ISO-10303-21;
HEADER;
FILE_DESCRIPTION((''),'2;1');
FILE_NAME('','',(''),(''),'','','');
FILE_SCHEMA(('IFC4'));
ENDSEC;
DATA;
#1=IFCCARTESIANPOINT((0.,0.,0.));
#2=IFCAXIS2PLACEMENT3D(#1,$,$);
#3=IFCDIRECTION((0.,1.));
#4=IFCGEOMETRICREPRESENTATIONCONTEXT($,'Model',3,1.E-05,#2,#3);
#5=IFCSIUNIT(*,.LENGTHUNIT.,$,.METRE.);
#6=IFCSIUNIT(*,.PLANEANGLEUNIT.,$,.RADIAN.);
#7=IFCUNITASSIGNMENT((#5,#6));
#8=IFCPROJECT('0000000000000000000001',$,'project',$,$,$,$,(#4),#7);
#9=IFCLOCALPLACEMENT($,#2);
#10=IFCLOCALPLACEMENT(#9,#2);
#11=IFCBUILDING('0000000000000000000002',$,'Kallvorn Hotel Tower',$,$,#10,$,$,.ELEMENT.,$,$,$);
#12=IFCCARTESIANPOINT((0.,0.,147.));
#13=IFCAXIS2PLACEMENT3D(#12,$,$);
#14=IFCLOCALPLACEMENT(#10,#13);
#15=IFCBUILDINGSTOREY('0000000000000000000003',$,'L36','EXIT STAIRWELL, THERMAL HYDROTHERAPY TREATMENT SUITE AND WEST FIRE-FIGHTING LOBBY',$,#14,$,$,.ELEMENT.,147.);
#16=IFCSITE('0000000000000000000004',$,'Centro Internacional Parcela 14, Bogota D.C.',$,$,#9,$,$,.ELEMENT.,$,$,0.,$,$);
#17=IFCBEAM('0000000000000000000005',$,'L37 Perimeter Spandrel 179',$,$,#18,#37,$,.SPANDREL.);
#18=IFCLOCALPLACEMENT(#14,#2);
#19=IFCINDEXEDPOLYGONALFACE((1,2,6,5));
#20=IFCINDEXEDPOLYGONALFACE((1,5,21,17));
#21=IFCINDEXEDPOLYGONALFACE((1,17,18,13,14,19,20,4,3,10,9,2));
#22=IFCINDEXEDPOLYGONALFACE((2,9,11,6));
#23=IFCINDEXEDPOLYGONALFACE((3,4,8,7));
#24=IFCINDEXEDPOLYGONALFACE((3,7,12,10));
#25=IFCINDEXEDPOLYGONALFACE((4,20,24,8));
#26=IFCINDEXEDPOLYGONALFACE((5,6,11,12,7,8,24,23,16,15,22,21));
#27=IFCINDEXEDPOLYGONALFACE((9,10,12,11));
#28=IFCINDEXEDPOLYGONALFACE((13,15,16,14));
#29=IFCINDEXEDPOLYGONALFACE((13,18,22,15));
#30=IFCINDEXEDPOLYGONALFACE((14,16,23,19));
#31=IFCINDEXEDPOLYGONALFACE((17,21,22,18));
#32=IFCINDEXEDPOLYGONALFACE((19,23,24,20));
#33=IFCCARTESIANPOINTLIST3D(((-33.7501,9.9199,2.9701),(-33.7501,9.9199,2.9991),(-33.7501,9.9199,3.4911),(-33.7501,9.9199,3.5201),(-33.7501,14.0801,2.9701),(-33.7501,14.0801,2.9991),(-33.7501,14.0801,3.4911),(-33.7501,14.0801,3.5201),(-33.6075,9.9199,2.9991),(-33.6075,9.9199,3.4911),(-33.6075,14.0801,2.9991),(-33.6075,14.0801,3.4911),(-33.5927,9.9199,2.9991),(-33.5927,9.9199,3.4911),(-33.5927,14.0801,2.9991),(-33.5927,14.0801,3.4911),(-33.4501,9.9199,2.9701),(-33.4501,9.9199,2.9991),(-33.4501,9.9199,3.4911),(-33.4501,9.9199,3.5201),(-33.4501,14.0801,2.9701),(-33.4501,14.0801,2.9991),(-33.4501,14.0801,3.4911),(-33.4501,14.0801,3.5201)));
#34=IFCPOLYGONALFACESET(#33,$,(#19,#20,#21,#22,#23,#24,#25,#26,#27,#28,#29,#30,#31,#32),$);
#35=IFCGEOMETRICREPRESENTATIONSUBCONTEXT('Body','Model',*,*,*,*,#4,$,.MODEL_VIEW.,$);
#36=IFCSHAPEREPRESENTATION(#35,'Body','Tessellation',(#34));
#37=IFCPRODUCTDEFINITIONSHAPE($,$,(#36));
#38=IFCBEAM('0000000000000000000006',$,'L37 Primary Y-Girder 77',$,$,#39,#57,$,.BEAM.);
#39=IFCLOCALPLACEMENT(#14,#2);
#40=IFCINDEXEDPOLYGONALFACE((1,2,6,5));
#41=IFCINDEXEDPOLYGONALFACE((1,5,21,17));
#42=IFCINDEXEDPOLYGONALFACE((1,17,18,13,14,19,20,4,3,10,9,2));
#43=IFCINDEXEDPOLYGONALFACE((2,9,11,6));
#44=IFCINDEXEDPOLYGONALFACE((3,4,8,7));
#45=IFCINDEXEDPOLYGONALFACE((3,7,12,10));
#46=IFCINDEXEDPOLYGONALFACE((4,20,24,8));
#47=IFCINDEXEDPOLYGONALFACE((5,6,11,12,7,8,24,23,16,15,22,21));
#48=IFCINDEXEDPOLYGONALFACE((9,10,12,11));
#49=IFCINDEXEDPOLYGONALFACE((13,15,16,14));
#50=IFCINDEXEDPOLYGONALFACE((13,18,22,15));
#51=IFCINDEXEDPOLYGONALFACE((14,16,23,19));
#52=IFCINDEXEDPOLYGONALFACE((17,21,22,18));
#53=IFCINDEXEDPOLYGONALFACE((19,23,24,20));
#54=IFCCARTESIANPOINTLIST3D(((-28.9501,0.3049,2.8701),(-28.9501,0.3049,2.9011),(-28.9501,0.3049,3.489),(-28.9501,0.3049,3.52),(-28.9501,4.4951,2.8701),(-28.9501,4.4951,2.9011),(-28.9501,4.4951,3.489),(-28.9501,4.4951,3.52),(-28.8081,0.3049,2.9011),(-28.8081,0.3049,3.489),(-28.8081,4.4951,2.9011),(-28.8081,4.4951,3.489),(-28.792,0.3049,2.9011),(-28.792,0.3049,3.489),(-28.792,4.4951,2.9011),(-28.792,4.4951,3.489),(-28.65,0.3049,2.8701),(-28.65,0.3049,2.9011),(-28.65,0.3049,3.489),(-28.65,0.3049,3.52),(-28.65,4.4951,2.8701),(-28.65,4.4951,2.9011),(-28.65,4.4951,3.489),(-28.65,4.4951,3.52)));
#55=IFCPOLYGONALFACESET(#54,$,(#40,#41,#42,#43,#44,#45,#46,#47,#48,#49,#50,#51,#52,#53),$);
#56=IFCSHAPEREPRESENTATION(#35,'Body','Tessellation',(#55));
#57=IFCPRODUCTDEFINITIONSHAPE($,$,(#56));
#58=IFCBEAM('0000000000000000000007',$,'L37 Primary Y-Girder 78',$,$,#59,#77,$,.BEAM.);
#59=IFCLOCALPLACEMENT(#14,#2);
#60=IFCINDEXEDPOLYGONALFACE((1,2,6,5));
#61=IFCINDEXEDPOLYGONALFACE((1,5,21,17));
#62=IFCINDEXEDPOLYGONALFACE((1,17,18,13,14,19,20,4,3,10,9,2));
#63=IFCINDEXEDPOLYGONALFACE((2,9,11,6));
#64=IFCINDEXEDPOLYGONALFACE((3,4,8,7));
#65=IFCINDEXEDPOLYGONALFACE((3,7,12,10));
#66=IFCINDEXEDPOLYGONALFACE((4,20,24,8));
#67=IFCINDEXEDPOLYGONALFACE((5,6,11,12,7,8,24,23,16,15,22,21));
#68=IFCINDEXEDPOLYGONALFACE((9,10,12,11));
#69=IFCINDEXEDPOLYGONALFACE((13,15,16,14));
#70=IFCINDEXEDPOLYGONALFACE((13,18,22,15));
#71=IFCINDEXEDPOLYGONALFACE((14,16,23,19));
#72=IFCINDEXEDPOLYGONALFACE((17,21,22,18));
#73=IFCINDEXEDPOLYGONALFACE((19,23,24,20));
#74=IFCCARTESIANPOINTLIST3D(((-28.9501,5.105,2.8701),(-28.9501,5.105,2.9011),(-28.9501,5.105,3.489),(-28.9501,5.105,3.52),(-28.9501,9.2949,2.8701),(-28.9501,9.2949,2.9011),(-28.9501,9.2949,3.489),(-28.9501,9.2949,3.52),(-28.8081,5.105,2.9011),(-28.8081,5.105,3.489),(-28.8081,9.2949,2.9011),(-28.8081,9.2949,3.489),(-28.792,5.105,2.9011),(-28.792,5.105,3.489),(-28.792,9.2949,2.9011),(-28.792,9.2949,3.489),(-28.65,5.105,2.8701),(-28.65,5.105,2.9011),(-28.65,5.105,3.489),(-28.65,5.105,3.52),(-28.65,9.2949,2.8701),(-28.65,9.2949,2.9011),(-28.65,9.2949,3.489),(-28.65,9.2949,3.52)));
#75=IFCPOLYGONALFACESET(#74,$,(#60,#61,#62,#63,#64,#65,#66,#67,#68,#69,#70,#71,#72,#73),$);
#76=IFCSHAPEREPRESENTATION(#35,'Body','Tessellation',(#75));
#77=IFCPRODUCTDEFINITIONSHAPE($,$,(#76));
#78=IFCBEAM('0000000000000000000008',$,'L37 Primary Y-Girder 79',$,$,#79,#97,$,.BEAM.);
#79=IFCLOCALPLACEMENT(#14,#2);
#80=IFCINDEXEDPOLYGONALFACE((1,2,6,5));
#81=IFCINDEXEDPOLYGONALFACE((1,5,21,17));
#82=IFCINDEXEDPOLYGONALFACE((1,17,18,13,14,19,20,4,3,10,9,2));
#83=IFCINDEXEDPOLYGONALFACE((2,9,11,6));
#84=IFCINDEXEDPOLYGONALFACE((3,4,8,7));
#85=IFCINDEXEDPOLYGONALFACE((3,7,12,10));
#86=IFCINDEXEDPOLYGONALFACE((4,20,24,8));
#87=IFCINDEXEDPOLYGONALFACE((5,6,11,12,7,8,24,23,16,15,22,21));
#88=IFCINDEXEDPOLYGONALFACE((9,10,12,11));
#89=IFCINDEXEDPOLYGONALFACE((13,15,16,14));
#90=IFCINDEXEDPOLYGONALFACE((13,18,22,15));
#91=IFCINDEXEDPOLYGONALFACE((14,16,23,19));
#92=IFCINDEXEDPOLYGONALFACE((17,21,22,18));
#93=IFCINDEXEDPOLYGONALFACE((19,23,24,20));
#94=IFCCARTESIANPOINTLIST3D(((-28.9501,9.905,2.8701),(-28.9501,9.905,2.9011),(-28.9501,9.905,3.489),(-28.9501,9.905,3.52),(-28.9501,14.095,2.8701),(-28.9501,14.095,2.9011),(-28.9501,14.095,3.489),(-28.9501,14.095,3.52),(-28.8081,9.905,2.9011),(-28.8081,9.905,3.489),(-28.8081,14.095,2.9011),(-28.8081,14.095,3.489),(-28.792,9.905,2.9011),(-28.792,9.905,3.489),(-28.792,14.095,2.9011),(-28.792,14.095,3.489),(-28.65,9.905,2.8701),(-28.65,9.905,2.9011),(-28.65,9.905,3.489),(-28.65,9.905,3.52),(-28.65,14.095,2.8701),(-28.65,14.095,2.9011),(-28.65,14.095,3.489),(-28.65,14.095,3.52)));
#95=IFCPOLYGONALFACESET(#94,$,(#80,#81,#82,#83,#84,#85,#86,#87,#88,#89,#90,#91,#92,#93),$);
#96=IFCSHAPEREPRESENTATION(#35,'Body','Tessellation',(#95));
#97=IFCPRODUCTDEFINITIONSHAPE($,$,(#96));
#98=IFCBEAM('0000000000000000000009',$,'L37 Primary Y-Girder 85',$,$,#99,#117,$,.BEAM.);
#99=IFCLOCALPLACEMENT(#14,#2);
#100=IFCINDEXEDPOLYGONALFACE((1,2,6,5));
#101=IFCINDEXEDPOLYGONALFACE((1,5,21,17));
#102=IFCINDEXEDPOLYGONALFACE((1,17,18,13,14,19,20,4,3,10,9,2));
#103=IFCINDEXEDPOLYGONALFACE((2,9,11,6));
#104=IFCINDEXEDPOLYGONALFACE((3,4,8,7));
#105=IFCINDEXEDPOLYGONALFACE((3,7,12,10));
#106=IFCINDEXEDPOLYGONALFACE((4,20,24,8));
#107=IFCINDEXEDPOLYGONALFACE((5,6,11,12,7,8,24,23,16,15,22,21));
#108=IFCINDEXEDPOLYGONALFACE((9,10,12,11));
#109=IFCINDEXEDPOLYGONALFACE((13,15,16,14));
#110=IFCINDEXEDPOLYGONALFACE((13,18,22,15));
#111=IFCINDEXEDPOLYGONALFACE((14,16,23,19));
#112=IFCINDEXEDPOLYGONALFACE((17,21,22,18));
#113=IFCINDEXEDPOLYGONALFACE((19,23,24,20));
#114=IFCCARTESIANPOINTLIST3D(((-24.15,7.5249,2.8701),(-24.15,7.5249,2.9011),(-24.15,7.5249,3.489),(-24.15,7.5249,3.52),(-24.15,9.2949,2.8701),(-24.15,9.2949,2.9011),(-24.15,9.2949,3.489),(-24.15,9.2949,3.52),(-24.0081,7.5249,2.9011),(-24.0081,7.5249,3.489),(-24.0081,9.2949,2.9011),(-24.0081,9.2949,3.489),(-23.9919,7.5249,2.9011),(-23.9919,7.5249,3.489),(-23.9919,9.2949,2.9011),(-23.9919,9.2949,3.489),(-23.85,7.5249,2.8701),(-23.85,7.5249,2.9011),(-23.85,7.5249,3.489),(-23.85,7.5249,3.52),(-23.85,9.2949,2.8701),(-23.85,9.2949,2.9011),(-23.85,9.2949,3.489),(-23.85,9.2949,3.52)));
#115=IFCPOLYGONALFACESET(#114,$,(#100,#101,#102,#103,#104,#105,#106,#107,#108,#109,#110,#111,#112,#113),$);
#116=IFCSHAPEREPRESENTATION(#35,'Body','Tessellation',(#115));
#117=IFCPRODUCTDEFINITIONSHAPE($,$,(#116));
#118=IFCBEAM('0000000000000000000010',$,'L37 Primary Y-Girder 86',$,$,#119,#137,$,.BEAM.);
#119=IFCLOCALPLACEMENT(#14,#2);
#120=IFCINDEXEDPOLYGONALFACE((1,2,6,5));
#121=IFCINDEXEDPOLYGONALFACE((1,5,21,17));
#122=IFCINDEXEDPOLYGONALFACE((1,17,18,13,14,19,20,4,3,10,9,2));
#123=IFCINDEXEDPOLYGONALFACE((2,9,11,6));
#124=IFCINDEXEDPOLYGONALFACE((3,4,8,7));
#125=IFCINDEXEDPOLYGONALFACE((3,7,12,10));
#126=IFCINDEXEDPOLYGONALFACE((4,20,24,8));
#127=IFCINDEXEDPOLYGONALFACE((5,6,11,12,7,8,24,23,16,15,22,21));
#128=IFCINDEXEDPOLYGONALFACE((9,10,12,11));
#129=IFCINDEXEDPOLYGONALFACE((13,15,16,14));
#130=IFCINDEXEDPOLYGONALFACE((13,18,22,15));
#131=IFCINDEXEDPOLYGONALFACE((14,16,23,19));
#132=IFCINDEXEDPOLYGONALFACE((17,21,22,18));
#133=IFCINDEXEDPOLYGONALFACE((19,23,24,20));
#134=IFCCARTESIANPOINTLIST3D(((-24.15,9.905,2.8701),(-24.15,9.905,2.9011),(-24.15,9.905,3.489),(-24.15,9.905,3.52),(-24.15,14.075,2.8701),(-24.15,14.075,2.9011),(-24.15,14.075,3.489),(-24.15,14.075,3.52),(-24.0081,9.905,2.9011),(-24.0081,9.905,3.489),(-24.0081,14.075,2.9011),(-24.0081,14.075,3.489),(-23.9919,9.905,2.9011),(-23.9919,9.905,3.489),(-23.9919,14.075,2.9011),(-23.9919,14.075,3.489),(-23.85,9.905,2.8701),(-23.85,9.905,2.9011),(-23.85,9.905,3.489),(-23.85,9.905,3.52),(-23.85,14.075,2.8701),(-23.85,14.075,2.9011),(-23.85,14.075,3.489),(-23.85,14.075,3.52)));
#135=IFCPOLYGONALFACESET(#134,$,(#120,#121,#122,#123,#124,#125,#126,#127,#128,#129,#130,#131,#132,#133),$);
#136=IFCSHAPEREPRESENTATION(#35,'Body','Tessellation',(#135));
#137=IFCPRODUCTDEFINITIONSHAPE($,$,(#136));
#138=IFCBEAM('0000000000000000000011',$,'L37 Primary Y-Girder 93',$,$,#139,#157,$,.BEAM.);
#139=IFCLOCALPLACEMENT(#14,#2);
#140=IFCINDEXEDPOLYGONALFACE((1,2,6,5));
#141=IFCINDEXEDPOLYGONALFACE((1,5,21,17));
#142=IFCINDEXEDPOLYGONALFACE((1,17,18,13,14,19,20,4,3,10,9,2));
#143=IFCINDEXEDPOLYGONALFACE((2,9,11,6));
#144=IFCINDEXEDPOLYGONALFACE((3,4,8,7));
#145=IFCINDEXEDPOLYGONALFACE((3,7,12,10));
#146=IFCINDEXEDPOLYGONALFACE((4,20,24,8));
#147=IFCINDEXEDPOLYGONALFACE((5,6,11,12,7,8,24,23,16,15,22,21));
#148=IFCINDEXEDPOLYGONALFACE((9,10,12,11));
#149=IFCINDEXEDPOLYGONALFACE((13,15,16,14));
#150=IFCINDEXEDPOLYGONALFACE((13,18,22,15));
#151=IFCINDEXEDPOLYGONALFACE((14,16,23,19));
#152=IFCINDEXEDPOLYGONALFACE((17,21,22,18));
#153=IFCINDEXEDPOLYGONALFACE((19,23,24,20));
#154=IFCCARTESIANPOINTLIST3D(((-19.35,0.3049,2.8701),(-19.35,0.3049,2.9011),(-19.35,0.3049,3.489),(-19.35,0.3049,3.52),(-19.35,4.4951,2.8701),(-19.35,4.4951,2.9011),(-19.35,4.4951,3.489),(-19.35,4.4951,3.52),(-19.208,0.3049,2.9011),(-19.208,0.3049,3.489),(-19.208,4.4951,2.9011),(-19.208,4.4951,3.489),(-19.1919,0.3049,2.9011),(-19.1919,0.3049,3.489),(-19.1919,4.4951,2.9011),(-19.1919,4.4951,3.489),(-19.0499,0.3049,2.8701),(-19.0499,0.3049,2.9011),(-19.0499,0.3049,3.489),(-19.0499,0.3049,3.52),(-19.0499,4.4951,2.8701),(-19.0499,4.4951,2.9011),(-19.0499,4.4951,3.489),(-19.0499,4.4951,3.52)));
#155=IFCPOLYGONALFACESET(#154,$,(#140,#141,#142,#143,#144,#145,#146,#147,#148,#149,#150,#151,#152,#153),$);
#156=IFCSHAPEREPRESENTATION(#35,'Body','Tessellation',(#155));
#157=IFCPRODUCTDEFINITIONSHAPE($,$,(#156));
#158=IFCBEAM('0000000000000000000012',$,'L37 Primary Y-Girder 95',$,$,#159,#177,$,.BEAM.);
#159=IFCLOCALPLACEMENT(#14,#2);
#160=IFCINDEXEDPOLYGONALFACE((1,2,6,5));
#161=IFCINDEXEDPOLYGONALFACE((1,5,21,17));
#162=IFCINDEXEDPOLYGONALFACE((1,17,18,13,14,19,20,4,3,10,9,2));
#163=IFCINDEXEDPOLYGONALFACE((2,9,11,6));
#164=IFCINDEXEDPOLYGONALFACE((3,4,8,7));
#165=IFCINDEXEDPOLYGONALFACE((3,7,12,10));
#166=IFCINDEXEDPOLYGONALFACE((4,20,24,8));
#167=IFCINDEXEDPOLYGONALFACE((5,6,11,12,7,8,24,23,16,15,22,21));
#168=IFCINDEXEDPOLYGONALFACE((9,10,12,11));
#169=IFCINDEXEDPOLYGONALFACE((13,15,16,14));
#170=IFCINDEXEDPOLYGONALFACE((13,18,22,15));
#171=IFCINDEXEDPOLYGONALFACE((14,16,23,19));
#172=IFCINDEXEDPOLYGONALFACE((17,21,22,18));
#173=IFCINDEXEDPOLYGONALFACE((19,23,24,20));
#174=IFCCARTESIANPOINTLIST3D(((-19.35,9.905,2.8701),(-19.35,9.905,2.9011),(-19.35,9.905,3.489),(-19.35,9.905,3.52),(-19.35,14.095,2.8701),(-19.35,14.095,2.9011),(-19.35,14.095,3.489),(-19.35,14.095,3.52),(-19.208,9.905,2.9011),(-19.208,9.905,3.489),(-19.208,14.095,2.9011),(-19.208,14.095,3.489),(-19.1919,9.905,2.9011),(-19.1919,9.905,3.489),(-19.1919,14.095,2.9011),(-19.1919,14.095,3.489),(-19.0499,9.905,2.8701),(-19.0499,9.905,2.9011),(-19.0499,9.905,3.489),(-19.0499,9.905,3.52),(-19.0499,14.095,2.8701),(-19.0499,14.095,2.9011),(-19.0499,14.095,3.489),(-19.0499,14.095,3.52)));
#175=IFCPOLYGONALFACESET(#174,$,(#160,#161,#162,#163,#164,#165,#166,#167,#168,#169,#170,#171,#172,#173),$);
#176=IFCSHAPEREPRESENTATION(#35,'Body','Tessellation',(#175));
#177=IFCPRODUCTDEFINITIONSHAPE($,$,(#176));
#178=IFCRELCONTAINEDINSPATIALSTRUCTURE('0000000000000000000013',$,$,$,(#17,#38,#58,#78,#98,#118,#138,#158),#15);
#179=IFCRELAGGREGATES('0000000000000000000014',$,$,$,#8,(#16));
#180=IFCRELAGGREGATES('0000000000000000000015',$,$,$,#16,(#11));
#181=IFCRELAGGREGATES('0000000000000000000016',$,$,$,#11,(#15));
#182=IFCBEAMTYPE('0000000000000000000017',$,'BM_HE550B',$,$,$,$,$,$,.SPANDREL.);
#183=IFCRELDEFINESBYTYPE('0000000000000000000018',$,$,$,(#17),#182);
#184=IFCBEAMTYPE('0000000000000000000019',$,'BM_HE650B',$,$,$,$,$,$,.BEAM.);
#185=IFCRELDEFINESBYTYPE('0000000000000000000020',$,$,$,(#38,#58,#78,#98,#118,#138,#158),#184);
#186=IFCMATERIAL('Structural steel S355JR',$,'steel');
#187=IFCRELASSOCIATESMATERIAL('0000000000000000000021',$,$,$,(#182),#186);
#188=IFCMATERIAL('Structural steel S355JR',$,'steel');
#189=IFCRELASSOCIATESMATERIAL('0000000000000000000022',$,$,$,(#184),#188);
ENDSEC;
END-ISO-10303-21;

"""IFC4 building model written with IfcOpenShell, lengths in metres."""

from ifc_helpers import new_model, si_unit, direction, frame, origin, origin_2d, place, context, subcontext, project, spatial, i_section, extrude, material, material_profile, profile_set, type_object, element, save


model = new_model("IFC4")

# Units and contexts
model_context = context("Model", 3, precision=1e-05, world=origin(), true_north=direction((0.0, 1.0)))
body_context = subcontext(model_context, "Body", "Model", "MODEL_VIEW")
ifc_project = project(units=[si_unit("LENGTHUNIT", "METRE"), si_unit("PLANEANGLEUNIT", "RADIAN")], contexts=[model_context])

# Site, building, storey
site_placement = place(None, origin())
site = spatial("IfcSite", under=ifc_project, at=site_placement, Name="Centro Internacional Parcela 14, Bogota D.C.", CompositionType="ELEMENT", RefElevation=0.0)
building_placement = place(site_placement, origin())
building = spatial("IfcBuilding", under=site, at=building_placement, Name="Kallvorn Hotel Tower", CompositionType="ELEMENT")
storey_placement = place(building_placement, frame((0.0, 0.0, 147.0)))
storey = spatial("IfcBuildingStorey", under=building, at=storey_placement, Name="L36", Description="EXIT STAIRWELL, THERMAL HYDROTHERAPY TREATMENT SUITE AND WEST FIRE-FIGHTING LOBBY", CompositionType="ELEMENT", Elevation=147.0)

# Beams
ifc_material_1 = material(Name="Structural steel S355JR", Category="steel")
ifc_material_profile_1 = material_profile(ifc_material_1, i_section(OverallWidth=0.3, OverallDepth=0.55, WebThickness=0.0149, FlangeThickness=0.0291, at=origin_2d()), Name="HE 550 B")
ifc_profile_set_1 = profile_set([ifc_material_profile_1], Name="Structural steel S355JR")
beam_type_1 = type_object("IfcBeamType", Name="BM_HE550B", PredefinedType="SPANDREL", material=ifc_profile_set_1)
beam_1_placement = place(storey_placement, frame((-33.6001, 9.9199, 3.2451), z_axis=(0.0, 1.0, 0.0), x_axis=(-1.0, 0.0, 0.0)))
element("IfcBeam", 1, at=beam_1_placement, inside=storey, type_object=beam_type_1, Name="L37 Perimeter Spandrel 179", PredefinedType="SPANDREL", context=body_context, shape_type="SweptSolid", body=[
    extrude(i_section(OverallWidth=0.3, OverallDepth=0.55, WebThickness=0.0149, FlangeThickness=0.0291, at=origin_2d()), origin(), (0.0, 0.0, 1.0), 4.1602),
])
ifc_material_2 = material(Name="Structural steel S355JR", Category="steel")
ifc_material_profile_2 = material_profile(ifc_material_2, i_section(OverallWidth=0.3, OverallDepth=0.6499, WebThickness=0.0161, FlangeThickness=0.031, at=origin_2d()), Name="HE 650 B")
ifc_profile_set_2 = profile_set([ifc_material_profile_2], Name="Structural steel S355JR")
beam_type_2 = type_object("IfcBeamType", Name="BM_HE650B", PredefinedType="BEAM", material=ifc_profile_set_2)
beam_2_placement = place(storey_placement, frame((-28.8, 0.3049, 3.1951), z_axis=(0.0, 1.0, 0.0), x_axis=(-1.0, 0.0, 0.0)))
element("IfcBeam", 2, at=beam_2_placement, inside=storey, type_object=beam_type_2, Name="L37 Primary Y-Girder 77", PredefinedType="BEAM", context=body_context, shape_type="SweptSolid", body=[
    extrude(i_section(OverallWidth=0.3, OverallDepth=0.6499, WebThickness=0.0161, FlangeThickness=0.031, at=origin_2d()), origin(), (0.0, 0.0, 1.0), 4.1902),
])
for number, where, z_axis, x_axis, name in (
    (3, (-28.8, 5.105, 3.1951), (0.0, 1.0, 0.0), (-1.0, 0.0, 0.0), "L37 Primary Y-Girder 78"),
    (4, (-28.8, 9.905, 3.1951), (0.0, 1.0, 0.0), (-1.0, 0.0, 0.0), "L37 Primary Y-Girder 79"),
):
    element("IfcBeam", number, at=place(storey_placement, frame(where, z_axis=z_axis, x_axis=x_axis)), inside=storey, type_object=beam_type_2, Name=name, PredefinedType="BEAM", context=body_context, shape_type="SweptSolid", body=[
        extrude(i_section(OverallWidth=0.3, OverallDepth=0.6499, WebThickness=0.0161, FlangeThickness=0.031, at=origin_2d()), origin(), (0.0, 0.0, 1.0), 4.1899),
    ])
beam_3_placement = place(storey_placement, frame((-24.0, 7.5249, 3.1951), z_axis=(0.0, 1.0, 0.0), x_axis=(-1.0, 0.0, 0.0)))
element("IfcBeam", 5, at=beam_3_placement, inside=storey, type_object=beam_type_2, Name="L37 Primary Y-Girder 85", PredefinedType="BEAM", context=body_context, shape_type="SweptSolid", body=[
    extrude(i_section(OverallWidth=0.3, OverallDepth=0.6499, WebThickness=0.0161, FlangeThickness=0.031, at=origin_2d()), origin(), (0.0, 0.0, 1.0), 1.77),
])
beam_4_placement = place(storey_placement, frame((-24.0, 9.905, 3.1951), z_axis=(0.0, 1.0, 0.0), x_axis=(-1.0, 0.0, 0.0)))
element("IfcBeam", 6, at=beam_4_placement, inside=storey, type_object=beam_type_2, Name="L37 Primary Y-Girder 86", PredefinedType="BEAM", context=body_context, shape_type="SweptSolid", body=[
    extrude(i_section(OverallWidth=0.3, OverallDepth=0.6499, WebThickness=0.0161, FlangeThickness=0.031, at=origin_2d()), origin(), (0.0, 0.0, 1.0), 4.1699),
])
beam_5_placement = place(storey_placement, frame((-19.2, 0.3049, 3.1951), z_axis=(0.0, 1.0, 0.0), x_axis=(-1.0, 0.0, 0.0)))
element("IfcBeam", 7, at=beam_5_placement, inside=storey, type_object=beam_type_2, Name="L37 Primary Y-Girder 93", PredefinedType="BEAM", context=body_context, shape_type="SweptSolid", body=[
    extrude(i_section(OverallWidth=0.3, OverallDepth=0.6499, WebThickness=0.0161, FlangeThickness=0.031, at=origin_2d()), origin(), (0.0, 0.0, 1.0), 4.1902),
])
beam_6_placement = place(storey_placement, frame((-19.2, 9.905, 3.1951), z_axis=(0.0, 1.0, 0.0), x_axis=(-1.0, 0.0, 0.0)))
element("IfcBeam", 8, at=beam_6_placement, inside=storey, type_object=beam_type_2, Name="L37 Primary Y-Girder 95", PredefinedType="BEAM", context=body_context, shape_type="SweptSolid", body=[
    extrude(i_section(OverallWidth=0.3, OverallDepth=0.6499, WebThickness=0.0161, FlangeThickness=0.031, at=origin_2d()), origin(), (0.0, 0.0, 1.0), 4.1899),
])

save(model, "model.ifc")
